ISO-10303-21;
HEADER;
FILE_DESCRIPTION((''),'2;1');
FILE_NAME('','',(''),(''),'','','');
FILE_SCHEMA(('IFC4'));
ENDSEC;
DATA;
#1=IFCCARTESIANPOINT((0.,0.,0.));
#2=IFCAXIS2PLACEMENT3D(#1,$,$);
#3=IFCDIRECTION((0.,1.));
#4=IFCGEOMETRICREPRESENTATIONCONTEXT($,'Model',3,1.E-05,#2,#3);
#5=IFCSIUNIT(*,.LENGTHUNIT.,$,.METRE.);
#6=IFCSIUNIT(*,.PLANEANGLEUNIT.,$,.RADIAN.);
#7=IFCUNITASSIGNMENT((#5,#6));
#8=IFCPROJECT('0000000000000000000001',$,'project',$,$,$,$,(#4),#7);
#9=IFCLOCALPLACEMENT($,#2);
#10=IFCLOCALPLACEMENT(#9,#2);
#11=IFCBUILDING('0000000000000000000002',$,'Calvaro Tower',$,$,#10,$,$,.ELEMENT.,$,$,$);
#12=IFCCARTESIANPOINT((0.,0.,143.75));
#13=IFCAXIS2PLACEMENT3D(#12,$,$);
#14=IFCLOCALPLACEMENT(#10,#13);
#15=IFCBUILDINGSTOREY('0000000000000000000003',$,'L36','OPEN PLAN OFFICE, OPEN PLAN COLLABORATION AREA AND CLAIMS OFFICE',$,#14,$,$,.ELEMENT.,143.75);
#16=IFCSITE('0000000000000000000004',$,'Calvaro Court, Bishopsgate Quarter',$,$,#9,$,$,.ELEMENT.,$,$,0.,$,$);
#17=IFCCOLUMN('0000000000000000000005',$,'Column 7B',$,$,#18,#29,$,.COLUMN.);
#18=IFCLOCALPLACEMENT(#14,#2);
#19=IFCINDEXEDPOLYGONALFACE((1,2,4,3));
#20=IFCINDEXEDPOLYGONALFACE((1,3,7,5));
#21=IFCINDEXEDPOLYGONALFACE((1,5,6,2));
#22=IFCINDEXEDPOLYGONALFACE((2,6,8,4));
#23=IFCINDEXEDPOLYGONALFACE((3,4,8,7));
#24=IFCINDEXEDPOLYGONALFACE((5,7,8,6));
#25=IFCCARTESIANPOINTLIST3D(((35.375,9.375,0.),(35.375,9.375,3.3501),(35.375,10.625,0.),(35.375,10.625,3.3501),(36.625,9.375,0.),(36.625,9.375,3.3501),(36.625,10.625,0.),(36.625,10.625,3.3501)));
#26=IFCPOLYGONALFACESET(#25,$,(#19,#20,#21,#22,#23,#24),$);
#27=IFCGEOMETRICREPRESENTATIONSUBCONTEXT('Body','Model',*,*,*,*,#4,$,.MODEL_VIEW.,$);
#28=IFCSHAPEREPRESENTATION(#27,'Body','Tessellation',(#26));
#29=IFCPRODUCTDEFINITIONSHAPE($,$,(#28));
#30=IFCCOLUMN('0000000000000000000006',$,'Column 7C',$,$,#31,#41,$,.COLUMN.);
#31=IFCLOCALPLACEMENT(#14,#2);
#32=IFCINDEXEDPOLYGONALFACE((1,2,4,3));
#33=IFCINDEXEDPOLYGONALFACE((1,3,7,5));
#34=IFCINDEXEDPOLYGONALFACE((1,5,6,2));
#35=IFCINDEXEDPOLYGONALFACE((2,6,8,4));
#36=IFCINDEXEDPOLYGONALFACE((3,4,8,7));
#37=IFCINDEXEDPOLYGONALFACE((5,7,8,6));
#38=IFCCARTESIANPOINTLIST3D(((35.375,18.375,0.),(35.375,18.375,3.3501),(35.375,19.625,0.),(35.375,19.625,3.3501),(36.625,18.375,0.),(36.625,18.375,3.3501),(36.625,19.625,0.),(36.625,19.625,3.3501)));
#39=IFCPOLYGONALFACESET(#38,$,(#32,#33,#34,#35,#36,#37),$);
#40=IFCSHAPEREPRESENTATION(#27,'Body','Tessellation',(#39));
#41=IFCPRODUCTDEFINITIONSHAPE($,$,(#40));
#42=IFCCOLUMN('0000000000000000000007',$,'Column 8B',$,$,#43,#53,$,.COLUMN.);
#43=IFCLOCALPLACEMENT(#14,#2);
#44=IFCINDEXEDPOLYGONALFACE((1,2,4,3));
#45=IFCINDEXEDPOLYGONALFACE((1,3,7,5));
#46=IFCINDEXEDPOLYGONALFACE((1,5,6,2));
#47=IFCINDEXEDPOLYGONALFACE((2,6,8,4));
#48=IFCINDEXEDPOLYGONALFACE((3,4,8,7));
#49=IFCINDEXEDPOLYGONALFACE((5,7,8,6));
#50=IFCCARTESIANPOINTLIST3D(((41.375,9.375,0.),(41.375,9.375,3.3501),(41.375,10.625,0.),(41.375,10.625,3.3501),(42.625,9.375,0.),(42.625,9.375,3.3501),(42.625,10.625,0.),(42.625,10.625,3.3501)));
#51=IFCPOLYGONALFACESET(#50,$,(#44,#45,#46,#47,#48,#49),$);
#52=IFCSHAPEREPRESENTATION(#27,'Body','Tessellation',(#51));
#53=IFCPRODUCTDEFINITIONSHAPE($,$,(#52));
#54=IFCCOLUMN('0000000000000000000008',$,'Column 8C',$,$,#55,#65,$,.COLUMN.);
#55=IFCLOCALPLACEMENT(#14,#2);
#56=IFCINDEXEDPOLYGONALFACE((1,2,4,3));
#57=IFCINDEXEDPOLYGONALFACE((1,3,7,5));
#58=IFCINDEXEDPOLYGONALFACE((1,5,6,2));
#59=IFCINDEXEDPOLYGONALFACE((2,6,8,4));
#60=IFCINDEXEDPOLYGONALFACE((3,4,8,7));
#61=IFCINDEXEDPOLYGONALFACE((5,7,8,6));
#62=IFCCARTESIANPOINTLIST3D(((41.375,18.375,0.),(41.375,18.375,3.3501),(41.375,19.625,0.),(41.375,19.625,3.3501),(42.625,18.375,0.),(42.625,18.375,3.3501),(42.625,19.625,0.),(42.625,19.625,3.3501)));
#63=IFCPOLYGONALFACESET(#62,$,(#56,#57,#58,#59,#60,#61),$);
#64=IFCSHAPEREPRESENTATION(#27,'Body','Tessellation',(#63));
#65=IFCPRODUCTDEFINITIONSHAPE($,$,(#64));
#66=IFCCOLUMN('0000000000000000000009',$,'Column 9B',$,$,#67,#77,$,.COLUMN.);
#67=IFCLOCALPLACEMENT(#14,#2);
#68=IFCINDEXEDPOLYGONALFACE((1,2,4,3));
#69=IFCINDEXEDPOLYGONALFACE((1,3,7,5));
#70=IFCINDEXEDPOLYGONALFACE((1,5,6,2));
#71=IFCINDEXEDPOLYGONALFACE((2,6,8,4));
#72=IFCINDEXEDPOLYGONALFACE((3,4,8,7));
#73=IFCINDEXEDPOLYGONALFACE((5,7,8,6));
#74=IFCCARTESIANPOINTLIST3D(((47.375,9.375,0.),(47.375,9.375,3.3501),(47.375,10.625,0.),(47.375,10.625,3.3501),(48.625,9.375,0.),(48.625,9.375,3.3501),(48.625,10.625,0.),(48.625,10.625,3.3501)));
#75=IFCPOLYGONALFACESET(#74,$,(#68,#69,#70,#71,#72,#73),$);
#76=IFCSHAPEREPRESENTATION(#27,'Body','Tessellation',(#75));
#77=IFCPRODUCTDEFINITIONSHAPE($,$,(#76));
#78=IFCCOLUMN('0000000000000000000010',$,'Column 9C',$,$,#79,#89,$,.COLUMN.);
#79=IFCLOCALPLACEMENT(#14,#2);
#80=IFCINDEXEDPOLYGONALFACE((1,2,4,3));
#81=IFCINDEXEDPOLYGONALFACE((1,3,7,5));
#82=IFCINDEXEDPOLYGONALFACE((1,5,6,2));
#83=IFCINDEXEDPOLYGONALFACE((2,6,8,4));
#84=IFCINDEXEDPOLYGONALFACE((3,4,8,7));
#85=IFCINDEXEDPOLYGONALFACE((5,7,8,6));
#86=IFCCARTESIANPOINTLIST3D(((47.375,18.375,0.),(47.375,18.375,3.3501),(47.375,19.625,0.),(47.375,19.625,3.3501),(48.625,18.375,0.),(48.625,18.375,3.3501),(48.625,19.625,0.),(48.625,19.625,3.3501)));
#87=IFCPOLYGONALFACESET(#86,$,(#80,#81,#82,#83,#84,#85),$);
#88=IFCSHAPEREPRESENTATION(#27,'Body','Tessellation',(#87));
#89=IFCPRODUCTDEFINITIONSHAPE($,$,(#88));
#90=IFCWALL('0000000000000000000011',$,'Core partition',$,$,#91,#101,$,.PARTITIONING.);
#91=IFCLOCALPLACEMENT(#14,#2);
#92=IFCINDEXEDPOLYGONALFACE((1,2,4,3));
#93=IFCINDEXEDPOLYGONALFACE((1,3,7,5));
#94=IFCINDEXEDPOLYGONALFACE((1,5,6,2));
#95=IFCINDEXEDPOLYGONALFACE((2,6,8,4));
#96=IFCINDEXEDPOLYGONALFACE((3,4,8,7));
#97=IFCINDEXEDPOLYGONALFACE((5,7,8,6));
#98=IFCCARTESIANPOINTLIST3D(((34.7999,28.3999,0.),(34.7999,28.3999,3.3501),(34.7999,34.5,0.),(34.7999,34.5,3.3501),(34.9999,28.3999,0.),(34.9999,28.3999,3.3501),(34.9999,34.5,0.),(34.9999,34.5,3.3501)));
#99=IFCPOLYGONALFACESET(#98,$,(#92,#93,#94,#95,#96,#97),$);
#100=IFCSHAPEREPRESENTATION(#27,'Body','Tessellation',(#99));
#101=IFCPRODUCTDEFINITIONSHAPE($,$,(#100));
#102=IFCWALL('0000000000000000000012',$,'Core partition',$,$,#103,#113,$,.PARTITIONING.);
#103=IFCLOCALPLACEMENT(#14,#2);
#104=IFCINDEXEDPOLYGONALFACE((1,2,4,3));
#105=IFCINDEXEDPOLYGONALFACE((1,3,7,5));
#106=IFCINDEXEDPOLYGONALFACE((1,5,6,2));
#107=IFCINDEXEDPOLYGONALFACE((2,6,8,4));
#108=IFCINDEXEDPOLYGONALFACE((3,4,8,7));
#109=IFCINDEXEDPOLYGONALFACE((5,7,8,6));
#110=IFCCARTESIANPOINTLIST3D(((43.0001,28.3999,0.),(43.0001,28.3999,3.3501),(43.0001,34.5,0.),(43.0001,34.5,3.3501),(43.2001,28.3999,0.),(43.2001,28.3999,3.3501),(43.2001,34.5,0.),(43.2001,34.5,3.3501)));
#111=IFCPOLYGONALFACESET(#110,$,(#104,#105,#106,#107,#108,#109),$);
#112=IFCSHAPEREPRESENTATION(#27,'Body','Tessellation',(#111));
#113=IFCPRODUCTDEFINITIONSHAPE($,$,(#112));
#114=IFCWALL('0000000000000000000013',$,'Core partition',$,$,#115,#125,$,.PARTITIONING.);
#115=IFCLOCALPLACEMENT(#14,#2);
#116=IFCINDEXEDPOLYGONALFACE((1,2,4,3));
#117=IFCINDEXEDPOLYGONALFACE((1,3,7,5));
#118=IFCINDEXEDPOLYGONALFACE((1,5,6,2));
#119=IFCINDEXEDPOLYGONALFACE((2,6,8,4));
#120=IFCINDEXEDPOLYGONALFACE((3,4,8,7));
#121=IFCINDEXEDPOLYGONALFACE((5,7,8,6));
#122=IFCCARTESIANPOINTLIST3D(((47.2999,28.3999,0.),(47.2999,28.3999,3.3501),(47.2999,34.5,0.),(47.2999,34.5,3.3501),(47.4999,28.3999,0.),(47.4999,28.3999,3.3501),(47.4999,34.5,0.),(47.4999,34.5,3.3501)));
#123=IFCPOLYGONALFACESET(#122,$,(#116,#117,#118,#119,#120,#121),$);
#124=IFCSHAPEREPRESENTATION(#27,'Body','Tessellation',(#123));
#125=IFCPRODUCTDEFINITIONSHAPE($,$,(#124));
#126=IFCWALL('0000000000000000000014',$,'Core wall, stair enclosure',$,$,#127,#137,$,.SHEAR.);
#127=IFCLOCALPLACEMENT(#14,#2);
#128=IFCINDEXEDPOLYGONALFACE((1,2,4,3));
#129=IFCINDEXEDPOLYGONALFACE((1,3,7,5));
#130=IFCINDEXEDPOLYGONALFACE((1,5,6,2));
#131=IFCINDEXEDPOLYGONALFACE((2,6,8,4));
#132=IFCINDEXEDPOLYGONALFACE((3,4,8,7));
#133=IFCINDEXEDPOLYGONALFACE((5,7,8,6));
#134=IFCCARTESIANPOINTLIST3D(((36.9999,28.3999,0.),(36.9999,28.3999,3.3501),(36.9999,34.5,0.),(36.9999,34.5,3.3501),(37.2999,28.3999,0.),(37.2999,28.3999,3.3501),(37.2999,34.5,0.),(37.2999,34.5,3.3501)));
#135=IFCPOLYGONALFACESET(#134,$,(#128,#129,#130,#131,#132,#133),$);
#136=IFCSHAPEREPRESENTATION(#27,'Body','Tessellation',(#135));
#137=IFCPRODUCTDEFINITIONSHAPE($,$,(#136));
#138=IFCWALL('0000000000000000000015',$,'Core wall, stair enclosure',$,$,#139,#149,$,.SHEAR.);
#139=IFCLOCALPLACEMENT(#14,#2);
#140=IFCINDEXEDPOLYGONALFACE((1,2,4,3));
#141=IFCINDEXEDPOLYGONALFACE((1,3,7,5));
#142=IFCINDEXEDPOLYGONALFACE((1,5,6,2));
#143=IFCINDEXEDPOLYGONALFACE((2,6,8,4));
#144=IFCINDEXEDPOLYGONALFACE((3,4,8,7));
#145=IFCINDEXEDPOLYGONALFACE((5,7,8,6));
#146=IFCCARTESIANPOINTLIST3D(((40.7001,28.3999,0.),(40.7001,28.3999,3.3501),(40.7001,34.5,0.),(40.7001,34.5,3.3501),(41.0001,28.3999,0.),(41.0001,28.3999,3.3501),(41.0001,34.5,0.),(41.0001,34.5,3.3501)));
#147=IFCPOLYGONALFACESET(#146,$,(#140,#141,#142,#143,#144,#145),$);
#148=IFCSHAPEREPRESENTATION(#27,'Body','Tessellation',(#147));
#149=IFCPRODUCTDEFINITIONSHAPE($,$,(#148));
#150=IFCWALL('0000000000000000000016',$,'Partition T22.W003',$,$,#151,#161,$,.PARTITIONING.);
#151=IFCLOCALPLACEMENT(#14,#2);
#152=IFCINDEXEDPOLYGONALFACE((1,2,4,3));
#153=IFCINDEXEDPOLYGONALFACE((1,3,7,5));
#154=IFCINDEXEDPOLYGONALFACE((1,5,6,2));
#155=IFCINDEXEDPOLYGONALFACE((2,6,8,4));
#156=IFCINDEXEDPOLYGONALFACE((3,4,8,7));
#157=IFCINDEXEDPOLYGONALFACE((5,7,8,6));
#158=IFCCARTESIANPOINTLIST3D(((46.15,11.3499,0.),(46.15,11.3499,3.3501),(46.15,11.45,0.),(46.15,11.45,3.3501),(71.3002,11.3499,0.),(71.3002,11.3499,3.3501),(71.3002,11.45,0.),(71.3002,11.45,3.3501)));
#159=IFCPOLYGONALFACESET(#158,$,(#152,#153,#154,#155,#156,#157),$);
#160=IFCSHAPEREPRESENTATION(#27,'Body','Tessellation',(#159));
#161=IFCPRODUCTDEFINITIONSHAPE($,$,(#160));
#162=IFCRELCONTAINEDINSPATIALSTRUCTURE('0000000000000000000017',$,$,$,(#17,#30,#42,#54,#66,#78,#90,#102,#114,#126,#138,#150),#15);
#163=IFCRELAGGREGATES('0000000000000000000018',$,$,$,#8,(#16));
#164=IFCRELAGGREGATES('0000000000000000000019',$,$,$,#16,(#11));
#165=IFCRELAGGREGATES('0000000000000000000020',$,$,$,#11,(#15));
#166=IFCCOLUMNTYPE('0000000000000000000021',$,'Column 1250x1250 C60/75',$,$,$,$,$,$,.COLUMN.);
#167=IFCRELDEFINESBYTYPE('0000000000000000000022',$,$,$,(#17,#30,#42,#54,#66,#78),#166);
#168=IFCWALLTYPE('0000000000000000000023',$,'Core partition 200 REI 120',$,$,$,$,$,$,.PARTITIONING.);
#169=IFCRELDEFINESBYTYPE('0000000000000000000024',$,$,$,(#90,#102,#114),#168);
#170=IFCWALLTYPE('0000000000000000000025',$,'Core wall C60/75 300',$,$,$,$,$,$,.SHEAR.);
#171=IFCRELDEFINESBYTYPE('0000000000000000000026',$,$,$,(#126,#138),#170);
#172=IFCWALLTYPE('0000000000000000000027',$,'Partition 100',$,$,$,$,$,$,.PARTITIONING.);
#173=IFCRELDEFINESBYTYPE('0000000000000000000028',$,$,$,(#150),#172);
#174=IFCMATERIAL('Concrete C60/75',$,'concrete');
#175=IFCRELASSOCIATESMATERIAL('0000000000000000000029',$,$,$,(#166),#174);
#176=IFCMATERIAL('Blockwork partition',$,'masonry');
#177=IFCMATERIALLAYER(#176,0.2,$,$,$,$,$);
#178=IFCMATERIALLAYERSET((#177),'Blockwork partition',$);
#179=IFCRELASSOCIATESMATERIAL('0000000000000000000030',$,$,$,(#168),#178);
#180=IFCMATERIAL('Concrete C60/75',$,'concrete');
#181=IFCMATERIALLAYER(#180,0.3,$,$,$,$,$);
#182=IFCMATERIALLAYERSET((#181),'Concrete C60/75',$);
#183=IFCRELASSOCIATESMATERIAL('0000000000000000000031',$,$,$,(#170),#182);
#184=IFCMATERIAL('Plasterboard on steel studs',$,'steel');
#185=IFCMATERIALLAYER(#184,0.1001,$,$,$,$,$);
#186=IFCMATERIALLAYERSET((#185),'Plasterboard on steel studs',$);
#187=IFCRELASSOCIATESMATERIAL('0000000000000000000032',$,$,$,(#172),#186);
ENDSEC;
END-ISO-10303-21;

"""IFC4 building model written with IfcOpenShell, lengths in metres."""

from ifc_helpers import new_model, si_unit, direction, frame, frame_2d, origin, origin_2d, place, context, subcontext, project, spatial, rectangle, extrude, material, layer, layer_set, material_profile, profile_set, type_object, element, save


model = new_model("IFC4")

# Units and contexts
model_context = context("Model", 3, precision=1e-05, world=origin(), true_north=direction((0.0, 1.0)))
body_context = subcontext(model_context, "Body", "Model", "MODEL_VIEW")
ifc_project = project(units=[si_unit("LENGTHUNIT", "METRE"), si_unit("PLANEANGLEUNIT", "RADIAN")], contexts=[model_context])

# Site, building, storey
site_placement = place(None, origin())
site = spatial("IfcSite", under=ifc_project, at=site_placement, Name="Calvaro Court, Bishopsgate Quarter", CompositionType="ELEMENT", RefElevation=0.0)
building_placement = place(site_placement, origin())
building = spatial("IfcBuilding", under=site, at=building_placement, Name="Calvaro Tower", CompositionType="ELEMENT")
storey_placement = place(building_placement, frame((0.0, 0.0, 143.75)))
storey = spatial("IfcBuildingStorey", under=building, at=storey_placement, Name="L36", Description="OPEN PLAN OFFICE, OPEN PLAN COLLABORATION AREA AND CLAIMS OFFICE", CompositionType="ELEMENT", Elevation=143.75)

# Columns
ifc_material_1 = material(Name="Concrete C60/75", Category="concrete")
ifc_material_profile = material_profile(ifc_material_1, rectangle(XDim=1.25, YDim=1.25, at=origin_2d()), Name="RC 1250x1250")
ifc_profile_set = profile_set([ifc_material_profile], Name="Concrete C60/75")
column_type = type_object("IfcColumnType", Name="Column 1250x1250 C60/75", PredefinedType="COLUMN", material=ifc_profile_set)
for number, where, z_axis, x_axis, name in (
    (1, (36.0, 10.0, 0.0), (0.0, 0.0, 1.0), (1.0, 0.0, 0.0), "Column 7B"),
    (2, (36.0, 19.0, 0.0), (0.0, 0.0, 1.0), (1.0, 0.0, 0.0), "Column 7C"),
    (3, (42.0, 10.0, 0.0), (0.0, 0.0, 1.0), (1.0, 0.0, 0.0), "Column 8B"),
    (4, (42.0, 19.0, 0.0), (0.0, 0.0, 1.0), (1.0, 0.0, 0.0), "Column 8C"),
    (5, (48.0, 10.0, 0.0), (0.0, 0.0, 1.0), (1.0, 0.0, 0.0), "Column 9B"),
    (6, (48.0, 19.0, 0.0), (0.0, 0.0, 1.0), (1.0, 0.0, 0.0), "Column 9C"),
):
    element("IfcColumn", number, at=place(storey_placement, frame(where, z_axis=z_axis, x_axis=x_axis)), inside=storey, type_object=column_type, Name=name, PredefinedType="COLUMN", context=body_context, shape_type="SweptSolid", body=[
        extrude(rectangle(XDim=1.25, YDim=1.25, at=origin_2d()), origin(), (0.0, 0.0, 1.0), 3.3501),
    ])

# Walls
ifc_material_2 = material(Name="Blockwork partition", Category="masonry")
ifc_layer_1 = layer(ifc_material_2, 0.2)
ifc_layer_set_1 = layer_set([ifc_layer_1], Name="Blockwork partition")
wall_type_1 = type_object("IfcWallType", Name="Core partition 200 REI 120", PredefinedType="PARTITIONING", material=ifc_layer_set_1)
for number, where, z_axis, x_axis, name in (
    (7, (34.8999, 28.3999, 0.0), (0.0, 0.0, 1.0), (0.0, 1.0, 0.0), "Core partition"),
    (8, (43.1001, 28.3999, 0.0), (0.0, 0.0, 1.0), (0.0, 1.0, 0.0), "Core partition"),
    (9, (47.3999, 28.3999, 0.0), (0.0, 0.0, 1.0), (0.0, 1.0, 0.0), "Core partition"),
):
    element("IfcWall", number, at=place(storey_placement, frame(where, z_axis=z_axis, x_axis=x_axis)), inside=storey, type_object=wall_type_1, Name=name, PredefinedType="PARTITIONING", context=body_context, shape_type="SweptSolid", body=[
        extrude(rectangle(XDim=6.1001, YDim=0.2, at=frame_2d((3.05, 0.0))), origin(), (0.0, 0.0, 1.0), 3.3501),
    ])
ifc_material_3 = material(Name="Concrete C60/75", Category="concrete")
ifc_layer_2 = layer(ifc_material_3, 0.3)
ifc_layer_set_2 = layer_set([ifc_layer_2], Name="Concrete C60/75")
wall_type_2 = type_object("IfcWallType", Name="Core wall C60/75 300", PredefinedType="SHEAR", material=ifc_layer_set_2)
for number, where, z_axis, x_axis, name in (
    (10, (37.1499, 28.3999, 0.0), (0.0, 0.0, 1.0), (0.0, 1.0, 0.0), "Core wall, stair enclosure"),
    (11, (40.8501, 28.3999, 0.0), (0.0, 0.0, 1.0), (0.0, 1.0, 0.0), "Core wall, stair enclosure"),
):
    element("IfcWall", number, at=place(storey_placement, frame(where, z_axis=z_axis, x_axis=x_axis)), inside=storey, type_object=wall_type_2, Name=name, PredefinedType="SHEAR", context=body_context, shape_type="SweptSolid", body=[
        extrude(rectangle(XDim=6.1001, YDim=0.3, at=frame_2d((3.05, 0.0))), origin(), (0.0, 0.0, 1.0), 3.3501),
    ])
ifc_material_4 = material(Name="Plasterboard on steel studs", Category="steel")
ifc_layer_3 = layer(ifc_material_4, 0.1001)
ifc_layer_set_3 = layer_set([ifc_layer_3], Name="Plasterboard on steel studs")
wall_type_3 = type_object("IfcWallType", Name="Partition 100", PredefinedType="PARTITIONING", material=ifc_layer_set_3)
wall_1_placement = place(storey_placement, frame((46.1499, 11.3999, 0.0), z_axis=(0.0, 0.0, 1.0), x_axis=(1.0, 0.0, 0.0)))
element("IfcWall", 12, at=wall_1_placement, inside=storey, type_object=wall_type_3, Name="Partition T22.W003", PredefinedType="PARTITIONING", context=body_context, shape_type="SweptSolid", body=[
    extrude(rectangle(XDim=25.1501, YDim=0.1001, at=frame_2d((12.5752, 0.0))), origin(), (0.0, 0.0, 1.0), 3.3501),
])

save(model, "model.ifc")
